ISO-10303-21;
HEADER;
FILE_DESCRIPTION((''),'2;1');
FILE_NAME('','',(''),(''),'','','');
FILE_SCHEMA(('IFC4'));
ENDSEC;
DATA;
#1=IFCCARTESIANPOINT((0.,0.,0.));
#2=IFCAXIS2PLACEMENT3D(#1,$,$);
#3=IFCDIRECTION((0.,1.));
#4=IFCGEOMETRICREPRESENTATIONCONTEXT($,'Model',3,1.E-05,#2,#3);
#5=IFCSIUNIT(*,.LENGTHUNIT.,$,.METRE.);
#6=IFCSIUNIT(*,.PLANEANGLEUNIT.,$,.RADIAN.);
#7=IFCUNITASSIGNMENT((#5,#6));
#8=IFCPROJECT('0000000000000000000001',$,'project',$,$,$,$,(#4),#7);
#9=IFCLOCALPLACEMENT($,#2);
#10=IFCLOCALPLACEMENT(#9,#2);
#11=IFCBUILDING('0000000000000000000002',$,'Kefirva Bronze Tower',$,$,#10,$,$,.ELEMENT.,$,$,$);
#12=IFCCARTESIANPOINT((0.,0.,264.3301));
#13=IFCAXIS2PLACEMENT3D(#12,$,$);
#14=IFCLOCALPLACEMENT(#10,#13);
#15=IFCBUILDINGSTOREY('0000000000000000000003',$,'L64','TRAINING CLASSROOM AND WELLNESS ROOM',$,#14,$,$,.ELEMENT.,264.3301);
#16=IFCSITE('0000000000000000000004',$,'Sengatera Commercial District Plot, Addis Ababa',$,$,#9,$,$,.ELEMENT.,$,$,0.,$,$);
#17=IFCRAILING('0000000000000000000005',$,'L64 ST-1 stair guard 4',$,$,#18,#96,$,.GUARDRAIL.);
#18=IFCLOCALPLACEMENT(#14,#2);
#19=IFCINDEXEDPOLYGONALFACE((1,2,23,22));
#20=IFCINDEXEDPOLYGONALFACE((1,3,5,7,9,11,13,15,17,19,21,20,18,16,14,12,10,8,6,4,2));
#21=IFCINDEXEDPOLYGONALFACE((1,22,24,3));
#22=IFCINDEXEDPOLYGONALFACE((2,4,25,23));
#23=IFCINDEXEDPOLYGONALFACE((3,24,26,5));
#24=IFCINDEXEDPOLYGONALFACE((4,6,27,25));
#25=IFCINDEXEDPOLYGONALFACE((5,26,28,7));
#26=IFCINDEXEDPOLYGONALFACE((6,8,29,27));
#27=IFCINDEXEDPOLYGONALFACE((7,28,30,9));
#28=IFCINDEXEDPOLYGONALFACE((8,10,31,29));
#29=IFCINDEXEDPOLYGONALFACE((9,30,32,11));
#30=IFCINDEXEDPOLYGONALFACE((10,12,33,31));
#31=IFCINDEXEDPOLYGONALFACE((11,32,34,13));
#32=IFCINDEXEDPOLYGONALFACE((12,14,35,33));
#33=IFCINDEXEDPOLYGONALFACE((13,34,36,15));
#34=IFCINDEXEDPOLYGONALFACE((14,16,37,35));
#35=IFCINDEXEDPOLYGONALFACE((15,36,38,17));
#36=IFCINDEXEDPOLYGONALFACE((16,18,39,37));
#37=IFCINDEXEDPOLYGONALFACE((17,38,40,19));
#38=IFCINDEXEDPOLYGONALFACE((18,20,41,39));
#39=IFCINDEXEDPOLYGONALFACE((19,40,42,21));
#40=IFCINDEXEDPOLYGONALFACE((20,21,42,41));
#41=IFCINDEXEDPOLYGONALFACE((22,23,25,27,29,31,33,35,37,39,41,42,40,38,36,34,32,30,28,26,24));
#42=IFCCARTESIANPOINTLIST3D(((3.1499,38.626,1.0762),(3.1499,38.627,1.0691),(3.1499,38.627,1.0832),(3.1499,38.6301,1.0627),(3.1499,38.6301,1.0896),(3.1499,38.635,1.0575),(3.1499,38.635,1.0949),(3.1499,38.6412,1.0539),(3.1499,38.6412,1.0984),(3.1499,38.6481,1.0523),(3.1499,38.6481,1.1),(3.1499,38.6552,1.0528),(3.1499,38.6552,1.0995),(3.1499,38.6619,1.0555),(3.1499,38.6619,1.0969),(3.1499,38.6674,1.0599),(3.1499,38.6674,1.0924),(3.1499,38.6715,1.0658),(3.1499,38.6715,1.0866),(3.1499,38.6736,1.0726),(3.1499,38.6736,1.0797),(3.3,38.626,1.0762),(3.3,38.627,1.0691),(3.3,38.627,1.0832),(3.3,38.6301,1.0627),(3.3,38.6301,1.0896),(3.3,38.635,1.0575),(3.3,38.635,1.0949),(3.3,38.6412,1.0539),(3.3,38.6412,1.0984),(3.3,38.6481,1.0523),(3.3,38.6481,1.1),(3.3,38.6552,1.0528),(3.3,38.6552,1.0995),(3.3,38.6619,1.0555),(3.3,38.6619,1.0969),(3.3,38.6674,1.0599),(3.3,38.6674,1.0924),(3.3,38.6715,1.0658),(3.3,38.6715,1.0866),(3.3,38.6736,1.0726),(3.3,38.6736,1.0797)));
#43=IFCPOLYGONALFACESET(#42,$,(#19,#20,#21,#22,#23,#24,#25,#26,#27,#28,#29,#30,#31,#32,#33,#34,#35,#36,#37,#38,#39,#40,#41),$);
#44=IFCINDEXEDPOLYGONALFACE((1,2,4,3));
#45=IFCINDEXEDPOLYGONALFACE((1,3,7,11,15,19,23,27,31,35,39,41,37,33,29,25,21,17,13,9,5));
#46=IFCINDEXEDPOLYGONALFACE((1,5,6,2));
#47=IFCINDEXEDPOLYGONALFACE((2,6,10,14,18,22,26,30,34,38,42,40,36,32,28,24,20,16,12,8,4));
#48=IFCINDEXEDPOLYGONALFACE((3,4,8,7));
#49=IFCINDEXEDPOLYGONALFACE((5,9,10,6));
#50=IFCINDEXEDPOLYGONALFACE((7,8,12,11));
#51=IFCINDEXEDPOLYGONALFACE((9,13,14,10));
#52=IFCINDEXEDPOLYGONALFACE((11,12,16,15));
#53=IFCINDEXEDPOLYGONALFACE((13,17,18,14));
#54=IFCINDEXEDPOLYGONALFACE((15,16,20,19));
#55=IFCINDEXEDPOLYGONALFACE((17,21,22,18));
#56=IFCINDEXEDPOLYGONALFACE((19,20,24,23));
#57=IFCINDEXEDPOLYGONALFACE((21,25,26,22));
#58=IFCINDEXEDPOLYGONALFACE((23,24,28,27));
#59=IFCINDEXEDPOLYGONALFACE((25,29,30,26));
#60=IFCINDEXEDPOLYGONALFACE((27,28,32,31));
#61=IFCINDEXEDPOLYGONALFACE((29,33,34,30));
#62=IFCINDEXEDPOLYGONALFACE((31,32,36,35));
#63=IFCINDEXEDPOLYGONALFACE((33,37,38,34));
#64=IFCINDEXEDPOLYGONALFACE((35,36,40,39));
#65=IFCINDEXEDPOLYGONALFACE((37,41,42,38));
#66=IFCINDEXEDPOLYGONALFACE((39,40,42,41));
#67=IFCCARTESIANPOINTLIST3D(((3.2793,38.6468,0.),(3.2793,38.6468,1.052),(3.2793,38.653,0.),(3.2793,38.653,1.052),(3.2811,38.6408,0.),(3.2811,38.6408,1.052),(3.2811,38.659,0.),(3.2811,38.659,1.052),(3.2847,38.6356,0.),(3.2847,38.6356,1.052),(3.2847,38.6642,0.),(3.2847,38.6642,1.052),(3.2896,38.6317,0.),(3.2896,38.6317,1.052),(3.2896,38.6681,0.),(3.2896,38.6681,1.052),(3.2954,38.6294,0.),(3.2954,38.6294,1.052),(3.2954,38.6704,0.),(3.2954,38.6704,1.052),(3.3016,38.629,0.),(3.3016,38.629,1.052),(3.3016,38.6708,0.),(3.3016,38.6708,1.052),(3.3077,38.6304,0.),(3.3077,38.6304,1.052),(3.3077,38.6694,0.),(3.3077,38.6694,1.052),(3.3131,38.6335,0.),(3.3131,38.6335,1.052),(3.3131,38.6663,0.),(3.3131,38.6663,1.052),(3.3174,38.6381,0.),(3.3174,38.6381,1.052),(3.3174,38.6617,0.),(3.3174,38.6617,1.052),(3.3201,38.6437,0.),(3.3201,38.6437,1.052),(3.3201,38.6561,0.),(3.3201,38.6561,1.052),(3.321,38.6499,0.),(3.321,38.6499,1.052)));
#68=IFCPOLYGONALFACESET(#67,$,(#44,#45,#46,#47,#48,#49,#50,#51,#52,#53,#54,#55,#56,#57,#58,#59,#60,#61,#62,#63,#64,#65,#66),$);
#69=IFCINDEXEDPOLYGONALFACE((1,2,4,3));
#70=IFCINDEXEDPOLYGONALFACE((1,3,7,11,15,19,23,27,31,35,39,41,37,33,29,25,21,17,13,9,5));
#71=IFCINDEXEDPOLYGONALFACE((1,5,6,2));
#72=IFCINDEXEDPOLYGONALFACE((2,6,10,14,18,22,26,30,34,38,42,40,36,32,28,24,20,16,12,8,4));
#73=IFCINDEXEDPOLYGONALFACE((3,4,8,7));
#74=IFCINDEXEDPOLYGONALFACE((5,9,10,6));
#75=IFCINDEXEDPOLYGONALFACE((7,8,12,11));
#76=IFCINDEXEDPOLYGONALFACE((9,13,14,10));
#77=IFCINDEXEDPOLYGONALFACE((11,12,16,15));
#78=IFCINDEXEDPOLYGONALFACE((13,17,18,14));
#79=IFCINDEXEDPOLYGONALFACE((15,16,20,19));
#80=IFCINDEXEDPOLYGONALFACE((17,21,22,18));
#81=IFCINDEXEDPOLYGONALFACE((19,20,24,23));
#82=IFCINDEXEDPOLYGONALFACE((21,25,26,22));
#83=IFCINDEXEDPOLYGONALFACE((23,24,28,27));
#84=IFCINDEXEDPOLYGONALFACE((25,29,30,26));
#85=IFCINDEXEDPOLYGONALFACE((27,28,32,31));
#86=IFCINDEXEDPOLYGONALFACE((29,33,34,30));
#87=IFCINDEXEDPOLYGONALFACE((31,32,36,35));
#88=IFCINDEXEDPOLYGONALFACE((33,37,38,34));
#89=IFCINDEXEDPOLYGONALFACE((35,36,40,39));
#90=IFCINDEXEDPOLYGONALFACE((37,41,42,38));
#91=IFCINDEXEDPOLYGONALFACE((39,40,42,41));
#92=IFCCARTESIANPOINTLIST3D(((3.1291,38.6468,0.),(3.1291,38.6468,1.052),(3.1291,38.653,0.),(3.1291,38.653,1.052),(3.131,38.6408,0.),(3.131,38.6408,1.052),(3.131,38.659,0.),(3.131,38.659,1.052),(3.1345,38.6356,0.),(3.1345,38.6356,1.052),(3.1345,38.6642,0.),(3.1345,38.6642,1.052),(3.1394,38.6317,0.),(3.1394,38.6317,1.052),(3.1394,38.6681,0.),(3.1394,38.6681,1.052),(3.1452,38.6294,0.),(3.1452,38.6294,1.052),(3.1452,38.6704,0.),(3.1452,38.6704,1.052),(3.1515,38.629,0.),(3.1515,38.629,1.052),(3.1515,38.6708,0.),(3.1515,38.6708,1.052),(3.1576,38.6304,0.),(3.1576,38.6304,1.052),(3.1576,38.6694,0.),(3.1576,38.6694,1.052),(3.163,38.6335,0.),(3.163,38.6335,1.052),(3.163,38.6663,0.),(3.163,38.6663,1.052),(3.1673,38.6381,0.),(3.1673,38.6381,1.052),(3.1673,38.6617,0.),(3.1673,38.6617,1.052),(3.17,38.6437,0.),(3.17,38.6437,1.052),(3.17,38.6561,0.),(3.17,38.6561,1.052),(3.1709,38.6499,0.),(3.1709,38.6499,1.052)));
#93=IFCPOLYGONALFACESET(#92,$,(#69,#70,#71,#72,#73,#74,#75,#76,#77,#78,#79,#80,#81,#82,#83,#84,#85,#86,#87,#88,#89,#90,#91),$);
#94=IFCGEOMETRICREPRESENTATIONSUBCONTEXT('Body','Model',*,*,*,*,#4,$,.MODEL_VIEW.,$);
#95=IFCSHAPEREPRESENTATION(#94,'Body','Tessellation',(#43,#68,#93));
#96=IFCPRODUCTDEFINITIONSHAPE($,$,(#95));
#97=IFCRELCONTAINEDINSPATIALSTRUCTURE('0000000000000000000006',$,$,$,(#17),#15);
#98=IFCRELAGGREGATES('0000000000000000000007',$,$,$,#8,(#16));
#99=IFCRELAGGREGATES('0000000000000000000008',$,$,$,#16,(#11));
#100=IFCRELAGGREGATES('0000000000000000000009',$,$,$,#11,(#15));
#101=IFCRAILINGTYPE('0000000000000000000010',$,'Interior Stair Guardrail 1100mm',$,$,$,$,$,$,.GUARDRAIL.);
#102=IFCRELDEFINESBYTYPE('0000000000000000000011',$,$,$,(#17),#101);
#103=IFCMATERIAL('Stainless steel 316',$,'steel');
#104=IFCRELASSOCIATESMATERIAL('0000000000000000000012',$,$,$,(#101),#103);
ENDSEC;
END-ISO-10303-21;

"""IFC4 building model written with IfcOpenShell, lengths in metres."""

from ifc_helpers import new_model, si_unit, direction, frame, origin, origin_2d, place, context, subcontext, project, spatial, circle, extrude, material, type_object, element, save


model = new_model("IFC4")

# Units and contexts
model_context = context("Model", 3, precision=1e-05, world=origin(), true_north=direction((0.0, 1.0)))
body_context = subcontext(model_context, "Body", "Model", "MODEL_VIEW")
ifc_project = project(units=[si_unit("LENGTHUNIT", "METRE"), si_unit("PLANEANGLEUNIT", "RADIAN")], contexts=[model_context])

# Site, building, storey
site_placement = place(None, origin())
site = spatial("IfcSite", under=ifc_project, at=site_placement, Name="Sengatera Commercial District Plot, Addis Ababa", CompositionType="ELEMENT", RefElevation=0.0)
building_placement = place(site_placement, origin())
building = spatial("IfcBuilding", under=site, at=building_placement, Name="Kefirva Bronze Tower", CompositionType="ELEMENT")
storey_placement = place(building_placement, frame((0.0, 0.0, 264.3301)))
storey = spatial("IfcBuildingStorey", under=building, at=storey_placement, Name="L64", Description="TRAINING CLASSROOM AND WELLNESS ROOM", CompositionType="ELEMENT", Elevation=264.3301)

# Railing
ifc_material_1 = material(Name="Stainless steel 316", Category="steel")
railing_type_1 = type_object("IfcRailingType", Name="Interior Stair Guardrail 1100mm", PredefinedType="GUARDRAIL", material=ifc_material_1)
railing_1_placement = place(storey_placement, frame((3.3, 38.6499, 0.0)))
element("IfcRailing", 1, at=railing_1_placement, inside=storey, type_object=railing_type_1, Name="L64 ST-1 stair guard 4", PredefinedType="GUARDRAIL", context=body_context, shape_type="SweptSolid", body=[
    extrude(circle(Radius=0.0239, at=origin_2d()), frame((0.0, 0.0, 1.0762), z_axis=(-1.0, 0.0, 0.0), x_axis=(0.0, -1.0, 0.0)), (0.0, 0.0, 1.0), 0.1501),
    extrude(circle(Radius=0.021, at=origin_2d()), origin(), (0.0, 0.0, 1.0), 1.052),
    extrude(circle(Radius=0.021, at=origin_2d()), frame((-0.1501, 0.0, 0.0)), (0.0, 0.0, 1.0), 1.052),
])

save(model, "model.ifc")
